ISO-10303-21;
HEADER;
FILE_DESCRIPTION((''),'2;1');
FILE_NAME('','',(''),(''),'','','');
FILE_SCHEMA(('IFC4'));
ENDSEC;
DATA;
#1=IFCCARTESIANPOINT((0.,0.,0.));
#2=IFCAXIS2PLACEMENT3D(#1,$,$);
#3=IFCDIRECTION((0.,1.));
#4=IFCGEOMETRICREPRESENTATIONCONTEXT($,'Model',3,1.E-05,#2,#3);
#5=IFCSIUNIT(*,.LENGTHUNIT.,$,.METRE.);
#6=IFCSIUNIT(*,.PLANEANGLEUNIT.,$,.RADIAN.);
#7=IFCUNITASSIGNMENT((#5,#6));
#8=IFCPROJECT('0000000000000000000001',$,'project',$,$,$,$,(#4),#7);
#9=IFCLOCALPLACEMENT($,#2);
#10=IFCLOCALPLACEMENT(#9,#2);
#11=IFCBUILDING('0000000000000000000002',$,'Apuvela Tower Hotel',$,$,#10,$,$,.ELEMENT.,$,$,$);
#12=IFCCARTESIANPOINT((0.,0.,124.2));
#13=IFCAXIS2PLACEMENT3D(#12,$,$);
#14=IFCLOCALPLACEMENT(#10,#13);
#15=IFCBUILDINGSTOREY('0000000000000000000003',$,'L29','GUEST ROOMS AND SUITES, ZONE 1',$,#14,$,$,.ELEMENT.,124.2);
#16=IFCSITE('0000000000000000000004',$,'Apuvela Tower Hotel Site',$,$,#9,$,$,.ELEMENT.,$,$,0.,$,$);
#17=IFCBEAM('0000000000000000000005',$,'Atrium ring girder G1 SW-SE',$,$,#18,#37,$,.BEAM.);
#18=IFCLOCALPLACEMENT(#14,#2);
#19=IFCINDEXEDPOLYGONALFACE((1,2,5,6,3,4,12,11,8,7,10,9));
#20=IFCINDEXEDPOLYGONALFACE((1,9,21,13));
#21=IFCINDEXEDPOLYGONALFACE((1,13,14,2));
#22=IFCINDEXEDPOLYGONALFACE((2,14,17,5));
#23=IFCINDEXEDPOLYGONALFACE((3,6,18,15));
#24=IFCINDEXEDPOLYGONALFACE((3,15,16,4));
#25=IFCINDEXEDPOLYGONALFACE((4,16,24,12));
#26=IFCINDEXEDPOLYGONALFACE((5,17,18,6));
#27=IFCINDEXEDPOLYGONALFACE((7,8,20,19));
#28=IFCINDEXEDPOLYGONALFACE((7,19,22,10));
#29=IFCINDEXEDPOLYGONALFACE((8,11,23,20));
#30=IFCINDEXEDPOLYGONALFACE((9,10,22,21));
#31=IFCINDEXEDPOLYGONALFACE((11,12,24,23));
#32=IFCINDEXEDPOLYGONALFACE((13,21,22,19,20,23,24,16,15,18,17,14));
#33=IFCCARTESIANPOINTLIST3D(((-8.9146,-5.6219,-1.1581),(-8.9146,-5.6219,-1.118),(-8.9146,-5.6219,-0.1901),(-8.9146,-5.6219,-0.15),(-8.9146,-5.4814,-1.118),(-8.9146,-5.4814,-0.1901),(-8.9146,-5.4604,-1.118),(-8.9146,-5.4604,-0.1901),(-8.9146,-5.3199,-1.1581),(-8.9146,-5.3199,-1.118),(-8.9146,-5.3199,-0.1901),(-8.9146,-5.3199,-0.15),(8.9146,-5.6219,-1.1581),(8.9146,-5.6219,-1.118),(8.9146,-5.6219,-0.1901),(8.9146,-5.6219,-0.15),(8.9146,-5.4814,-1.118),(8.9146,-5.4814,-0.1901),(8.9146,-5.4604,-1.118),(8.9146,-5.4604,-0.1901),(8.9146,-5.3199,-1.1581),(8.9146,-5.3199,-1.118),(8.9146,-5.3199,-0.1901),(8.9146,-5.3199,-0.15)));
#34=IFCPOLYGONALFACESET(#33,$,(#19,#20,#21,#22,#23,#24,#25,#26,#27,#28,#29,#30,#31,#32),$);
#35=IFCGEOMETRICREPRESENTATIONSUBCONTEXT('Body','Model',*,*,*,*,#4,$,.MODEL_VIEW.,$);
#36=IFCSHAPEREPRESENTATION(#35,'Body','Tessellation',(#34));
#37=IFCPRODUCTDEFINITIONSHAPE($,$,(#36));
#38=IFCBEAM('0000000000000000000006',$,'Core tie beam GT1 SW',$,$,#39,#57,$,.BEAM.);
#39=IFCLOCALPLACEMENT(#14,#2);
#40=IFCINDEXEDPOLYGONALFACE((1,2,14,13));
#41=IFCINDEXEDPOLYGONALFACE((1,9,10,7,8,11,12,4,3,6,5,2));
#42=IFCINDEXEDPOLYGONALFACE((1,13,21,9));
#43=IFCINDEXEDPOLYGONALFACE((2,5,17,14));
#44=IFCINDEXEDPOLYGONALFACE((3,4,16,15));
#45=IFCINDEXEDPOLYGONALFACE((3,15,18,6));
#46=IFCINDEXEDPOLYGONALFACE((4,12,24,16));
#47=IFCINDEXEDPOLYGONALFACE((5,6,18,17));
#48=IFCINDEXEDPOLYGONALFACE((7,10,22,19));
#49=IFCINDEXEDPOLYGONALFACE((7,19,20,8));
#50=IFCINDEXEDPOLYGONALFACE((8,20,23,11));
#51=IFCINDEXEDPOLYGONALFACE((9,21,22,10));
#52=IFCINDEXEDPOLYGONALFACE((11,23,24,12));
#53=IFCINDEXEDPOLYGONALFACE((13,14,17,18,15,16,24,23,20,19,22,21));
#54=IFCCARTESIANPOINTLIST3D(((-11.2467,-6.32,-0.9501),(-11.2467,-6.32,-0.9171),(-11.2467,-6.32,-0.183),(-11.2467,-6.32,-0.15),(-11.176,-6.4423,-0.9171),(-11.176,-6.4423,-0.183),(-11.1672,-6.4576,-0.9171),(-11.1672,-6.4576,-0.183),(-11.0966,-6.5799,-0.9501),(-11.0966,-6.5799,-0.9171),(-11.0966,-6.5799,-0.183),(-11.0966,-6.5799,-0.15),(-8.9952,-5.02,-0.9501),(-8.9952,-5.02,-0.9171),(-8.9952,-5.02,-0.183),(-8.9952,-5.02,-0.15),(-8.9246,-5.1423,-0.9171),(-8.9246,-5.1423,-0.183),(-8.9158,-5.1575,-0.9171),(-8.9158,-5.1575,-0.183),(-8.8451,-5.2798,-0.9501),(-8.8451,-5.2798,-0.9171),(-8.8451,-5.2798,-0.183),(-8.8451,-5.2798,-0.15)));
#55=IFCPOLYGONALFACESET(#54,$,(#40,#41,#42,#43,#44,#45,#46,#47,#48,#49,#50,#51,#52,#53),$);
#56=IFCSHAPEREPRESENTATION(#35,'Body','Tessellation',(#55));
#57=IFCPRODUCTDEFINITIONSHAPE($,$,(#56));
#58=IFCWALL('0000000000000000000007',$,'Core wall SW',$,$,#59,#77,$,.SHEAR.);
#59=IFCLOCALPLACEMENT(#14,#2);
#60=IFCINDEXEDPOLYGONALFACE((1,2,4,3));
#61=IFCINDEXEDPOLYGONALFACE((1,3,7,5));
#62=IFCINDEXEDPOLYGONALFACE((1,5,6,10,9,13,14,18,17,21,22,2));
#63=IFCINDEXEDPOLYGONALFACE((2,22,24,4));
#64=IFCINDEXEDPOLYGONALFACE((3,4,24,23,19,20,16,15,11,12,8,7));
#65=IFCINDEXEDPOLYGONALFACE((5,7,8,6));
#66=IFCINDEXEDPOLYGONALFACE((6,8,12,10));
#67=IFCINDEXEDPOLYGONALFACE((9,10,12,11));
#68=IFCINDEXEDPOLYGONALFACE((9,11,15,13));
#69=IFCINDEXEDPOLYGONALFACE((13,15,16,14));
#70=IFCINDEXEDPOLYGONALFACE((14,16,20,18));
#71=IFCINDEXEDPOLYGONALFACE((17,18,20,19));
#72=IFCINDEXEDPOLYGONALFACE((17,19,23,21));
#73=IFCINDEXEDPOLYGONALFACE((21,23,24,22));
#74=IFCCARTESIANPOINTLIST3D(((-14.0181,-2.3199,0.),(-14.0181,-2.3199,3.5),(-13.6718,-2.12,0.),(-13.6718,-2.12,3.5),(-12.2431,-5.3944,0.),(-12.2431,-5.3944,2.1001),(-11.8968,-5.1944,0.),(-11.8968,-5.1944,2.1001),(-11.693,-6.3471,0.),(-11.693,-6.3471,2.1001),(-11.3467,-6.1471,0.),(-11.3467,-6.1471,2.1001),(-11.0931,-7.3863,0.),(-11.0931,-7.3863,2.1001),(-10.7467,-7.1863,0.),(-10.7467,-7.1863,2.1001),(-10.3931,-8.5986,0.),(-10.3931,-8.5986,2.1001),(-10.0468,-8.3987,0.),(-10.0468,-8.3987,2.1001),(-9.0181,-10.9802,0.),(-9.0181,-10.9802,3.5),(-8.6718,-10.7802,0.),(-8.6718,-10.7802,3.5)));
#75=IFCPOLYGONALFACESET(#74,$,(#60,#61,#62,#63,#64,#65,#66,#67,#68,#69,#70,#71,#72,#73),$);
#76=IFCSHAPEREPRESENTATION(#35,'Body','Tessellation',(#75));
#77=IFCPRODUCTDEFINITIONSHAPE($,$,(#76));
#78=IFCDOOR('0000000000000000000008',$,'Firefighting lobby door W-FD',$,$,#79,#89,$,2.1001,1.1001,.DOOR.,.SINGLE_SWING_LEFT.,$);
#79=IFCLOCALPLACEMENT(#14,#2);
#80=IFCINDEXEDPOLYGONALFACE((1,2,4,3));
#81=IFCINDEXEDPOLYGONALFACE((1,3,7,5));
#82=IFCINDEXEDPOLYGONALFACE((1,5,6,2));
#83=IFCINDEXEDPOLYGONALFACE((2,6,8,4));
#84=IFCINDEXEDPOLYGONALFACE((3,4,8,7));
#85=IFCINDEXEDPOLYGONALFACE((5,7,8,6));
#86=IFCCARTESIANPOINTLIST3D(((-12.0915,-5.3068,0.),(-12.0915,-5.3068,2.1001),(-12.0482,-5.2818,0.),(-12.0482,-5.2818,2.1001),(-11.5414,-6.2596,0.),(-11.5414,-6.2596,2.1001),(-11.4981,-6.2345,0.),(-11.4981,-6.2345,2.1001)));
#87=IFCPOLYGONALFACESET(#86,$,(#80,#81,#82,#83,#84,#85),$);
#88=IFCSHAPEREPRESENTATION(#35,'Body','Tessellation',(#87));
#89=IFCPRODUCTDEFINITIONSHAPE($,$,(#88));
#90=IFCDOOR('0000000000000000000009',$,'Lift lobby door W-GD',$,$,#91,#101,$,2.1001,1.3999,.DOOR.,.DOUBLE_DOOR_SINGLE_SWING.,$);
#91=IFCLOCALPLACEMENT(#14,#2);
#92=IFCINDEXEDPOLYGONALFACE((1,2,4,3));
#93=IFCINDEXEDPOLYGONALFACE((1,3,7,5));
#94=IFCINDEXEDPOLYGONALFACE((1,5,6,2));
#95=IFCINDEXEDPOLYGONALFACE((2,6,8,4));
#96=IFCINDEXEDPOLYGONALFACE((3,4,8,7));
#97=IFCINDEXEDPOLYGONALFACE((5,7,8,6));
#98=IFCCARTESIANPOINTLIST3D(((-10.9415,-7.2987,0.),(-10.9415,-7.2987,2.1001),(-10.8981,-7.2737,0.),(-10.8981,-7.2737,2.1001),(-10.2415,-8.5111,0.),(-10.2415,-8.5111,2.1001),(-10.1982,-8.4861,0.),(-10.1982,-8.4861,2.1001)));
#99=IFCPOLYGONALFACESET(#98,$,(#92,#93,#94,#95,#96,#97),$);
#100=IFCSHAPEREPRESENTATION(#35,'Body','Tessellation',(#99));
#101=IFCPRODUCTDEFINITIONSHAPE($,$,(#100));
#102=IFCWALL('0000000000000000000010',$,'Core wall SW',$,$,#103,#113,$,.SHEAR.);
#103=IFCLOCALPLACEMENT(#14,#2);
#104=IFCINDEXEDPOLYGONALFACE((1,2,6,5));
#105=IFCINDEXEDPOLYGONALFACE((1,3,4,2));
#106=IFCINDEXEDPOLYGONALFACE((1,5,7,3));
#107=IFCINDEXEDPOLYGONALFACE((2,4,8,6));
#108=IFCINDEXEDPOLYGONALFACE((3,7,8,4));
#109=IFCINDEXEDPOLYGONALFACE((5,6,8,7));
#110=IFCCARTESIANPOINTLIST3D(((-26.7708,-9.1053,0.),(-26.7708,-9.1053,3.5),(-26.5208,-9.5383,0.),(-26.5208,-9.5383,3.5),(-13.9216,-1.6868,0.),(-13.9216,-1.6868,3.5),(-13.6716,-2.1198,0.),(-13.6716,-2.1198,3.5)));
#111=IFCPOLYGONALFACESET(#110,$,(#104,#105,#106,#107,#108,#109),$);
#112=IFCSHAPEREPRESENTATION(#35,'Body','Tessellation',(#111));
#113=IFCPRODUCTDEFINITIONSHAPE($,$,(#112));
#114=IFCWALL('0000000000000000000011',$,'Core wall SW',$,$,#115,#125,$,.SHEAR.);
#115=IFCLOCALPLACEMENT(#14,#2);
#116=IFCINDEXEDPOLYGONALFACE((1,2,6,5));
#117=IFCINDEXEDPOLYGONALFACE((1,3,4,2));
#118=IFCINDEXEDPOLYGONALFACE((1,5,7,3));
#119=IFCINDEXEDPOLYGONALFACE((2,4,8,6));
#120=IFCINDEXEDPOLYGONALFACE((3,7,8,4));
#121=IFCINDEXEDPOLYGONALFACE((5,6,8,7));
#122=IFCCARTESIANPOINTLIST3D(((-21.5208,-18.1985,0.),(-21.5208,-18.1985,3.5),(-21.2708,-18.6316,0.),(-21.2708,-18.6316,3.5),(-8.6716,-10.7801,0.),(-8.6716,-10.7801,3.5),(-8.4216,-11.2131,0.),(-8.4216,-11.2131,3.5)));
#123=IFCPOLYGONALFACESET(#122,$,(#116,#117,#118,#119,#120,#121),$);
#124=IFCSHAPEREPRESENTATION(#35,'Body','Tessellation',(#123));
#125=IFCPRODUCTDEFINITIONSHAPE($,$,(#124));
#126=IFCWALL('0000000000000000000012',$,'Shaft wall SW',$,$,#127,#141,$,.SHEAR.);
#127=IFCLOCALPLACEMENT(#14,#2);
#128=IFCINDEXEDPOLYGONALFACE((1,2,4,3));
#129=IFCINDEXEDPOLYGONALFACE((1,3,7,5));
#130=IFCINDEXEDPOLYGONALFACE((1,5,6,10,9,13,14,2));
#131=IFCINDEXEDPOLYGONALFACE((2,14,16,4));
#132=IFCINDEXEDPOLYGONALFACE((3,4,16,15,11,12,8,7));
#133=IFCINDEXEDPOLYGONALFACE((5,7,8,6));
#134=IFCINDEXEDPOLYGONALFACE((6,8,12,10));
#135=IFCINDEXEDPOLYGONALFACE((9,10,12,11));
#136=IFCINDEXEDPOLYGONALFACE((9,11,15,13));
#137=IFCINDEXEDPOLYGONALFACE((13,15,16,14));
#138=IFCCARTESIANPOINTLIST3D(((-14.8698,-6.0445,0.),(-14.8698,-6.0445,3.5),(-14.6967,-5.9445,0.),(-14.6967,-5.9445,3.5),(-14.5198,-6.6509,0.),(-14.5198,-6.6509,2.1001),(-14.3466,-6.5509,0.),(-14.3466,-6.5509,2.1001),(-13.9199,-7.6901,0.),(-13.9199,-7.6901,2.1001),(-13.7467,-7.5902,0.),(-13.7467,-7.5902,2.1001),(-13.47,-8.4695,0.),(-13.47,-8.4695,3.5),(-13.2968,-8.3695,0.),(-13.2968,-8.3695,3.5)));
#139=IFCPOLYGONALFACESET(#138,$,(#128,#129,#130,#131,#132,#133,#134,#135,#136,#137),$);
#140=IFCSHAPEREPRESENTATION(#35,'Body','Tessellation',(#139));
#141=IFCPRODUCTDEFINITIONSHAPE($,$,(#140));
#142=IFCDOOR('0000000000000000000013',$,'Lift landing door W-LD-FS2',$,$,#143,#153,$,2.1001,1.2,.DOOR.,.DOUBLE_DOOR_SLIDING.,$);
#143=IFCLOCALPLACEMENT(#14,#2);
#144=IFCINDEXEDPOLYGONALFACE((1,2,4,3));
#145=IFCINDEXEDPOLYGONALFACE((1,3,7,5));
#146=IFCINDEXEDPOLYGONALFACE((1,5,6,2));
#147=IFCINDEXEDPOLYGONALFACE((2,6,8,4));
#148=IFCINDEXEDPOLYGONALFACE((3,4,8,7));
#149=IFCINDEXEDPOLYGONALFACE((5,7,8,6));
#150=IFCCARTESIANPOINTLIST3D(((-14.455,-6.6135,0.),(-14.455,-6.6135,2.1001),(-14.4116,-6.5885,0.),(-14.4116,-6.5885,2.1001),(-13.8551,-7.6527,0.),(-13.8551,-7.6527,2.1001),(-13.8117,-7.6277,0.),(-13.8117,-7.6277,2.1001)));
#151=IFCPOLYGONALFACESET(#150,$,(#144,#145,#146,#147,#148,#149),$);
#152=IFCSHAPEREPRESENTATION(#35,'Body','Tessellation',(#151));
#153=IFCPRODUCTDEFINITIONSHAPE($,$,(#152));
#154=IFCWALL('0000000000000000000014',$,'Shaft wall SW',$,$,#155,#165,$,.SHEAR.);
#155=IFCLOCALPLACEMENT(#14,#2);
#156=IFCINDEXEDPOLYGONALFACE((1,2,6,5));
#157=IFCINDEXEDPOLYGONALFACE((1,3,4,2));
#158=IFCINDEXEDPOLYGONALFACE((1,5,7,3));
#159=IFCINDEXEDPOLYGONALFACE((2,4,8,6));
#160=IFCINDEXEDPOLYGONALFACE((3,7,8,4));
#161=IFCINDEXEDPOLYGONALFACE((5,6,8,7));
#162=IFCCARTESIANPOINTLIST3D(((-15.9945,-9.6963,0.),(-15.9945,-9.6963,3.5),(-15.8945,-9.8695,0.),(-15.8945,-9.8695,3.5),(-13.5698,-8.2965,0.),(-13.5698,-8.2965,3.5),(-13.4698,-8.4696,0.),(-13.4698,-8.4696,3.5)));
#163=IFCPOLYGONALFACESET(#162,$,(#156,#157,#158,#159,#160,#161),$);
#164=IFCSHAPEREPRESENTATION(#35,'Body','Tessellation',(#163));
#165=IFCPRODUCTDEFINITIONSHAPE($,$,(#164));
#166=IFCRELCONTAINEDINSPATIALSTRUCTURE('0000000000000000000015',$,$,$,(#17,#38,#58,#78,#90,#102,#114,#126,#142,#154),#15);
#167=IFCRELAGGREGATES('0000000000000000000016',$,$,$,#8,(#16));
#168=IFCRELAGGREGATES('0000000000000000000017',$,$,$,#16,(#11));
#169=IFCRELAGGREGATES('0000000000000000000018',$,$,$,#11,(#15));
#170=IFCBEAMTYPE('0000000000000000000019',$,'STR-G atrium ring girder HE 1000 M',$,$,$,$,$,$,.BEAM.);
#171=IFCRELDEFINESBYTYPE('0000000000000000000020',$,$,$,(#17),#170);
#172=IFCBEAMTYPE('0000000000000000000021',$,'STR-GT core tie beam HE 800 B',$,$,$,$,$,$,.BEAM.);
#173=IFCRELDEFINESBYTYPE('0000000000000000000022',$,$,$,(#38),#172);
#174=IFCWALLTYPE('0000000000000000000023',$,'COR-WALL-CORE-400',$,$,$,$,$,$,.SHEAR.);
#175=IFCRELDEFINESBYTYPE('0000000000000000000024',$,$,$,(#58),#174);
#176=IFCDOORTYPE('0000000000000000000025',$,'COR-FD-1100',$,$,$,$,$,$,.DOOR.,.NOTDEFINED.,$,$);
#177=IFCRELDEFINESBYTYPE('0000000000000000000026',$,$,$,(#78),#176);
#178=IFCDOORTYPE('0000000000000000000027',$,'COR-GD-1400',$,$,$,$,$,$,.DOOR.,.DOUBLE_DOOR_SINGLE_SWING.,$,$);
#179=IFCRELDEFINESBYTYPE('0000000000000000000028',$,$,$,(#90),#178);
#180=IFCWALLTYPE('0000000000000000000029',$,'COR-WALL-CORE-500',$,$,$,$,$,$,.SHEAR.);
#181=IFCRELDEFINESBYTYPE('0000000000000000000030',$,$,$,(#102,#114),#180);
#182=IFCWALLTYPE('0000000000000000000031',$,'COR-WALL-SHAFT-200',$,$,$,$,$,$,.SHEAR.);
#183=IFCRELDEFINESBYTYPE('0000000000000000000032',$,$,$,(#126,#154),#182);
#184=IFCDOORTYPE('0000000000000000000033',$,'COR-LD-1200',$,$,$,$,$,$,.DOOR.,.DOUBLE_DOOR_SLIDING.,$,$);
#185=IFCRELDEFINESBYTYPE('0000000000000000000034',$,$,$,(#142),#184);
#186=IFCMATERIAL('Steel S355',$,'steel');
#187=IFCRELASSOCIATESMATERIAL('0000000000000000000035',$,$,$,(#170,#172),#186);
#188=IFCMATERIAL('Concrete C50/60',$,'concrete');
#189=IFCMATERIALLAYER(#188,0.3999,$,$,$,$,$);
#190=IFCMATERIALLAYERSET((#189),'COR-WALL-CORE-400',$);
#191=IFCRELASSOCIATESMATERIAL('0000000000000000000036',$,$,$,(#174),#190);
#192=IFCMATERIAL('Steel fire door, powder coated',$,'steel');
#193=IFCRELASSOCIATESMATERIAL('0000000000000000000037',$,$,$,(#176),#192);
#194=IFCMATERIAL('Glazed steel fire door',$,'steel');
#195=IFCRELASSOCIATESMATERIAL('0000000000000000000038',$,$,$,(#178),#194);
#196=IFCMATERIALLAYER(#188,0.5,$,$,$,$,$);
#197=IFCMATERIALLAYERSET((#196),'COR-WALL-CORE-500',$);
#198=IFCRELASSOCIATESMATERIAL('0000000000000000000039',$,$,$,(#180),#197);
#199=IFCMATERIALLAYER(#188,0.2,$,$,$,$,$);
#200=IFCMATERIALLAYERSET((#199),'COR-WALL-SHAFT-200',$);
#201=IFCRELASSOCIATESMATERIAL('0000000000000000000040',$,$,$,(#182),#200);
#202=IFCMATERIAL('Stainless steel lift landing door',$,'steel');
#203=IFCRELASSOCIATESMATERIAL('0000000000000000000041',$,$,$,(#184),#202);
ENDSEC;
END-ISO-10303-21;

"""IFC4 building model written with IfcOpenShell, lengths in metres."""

from ifc_helpers import new_model, si_unit, direction, frame, frame_2d, origin, origin_2d, place, context, subcontext, project, spatial, rectangle, i_section, extrude, material, layer, layer_set, material_profile, profile_set, type_object, element, fill, save


model = new_model("IFC4")

# Units and contexts
model_context = context("Model", 3, precision=1e-05, world=origin(), true_north=direction((0.0, 1.0)))
body_context = subcontext(model_context, "Body", "Model", "MODEL_VIEW")
ifc_project = project(units=[si_unit("LENGTHUNIT", "METRE"), si_unit("PLANEANGLEUNIT", "RADIAN")], contexts=[model_context])

# Site, building, storey
site_placement = place(None, origin())
site = spatial("IfcSite", under=ifc_project, at=site_placement, Name="Apuvela Tower Hotel Site", CompositionType="ELEMENT", RefElevation=0.0)
building_placement = place(site_placement, origin())
building = spatial("IfcBuilding", under=site, at=building_placement, Name="Apuvela Tower Hotel", CompositionType="ELEMENT")
storey_placement = place(building_placement, frame((0.0, 0.0, 124.2)))
storey = spatial("IfcBuildingStorey", under=building, at=storey_placement, Name="L29", Description="GUEST ROOMS AND SUITES, ZONE 1", CompositionType="ELEMENT", Elevation=124.2)

# Beams
ifc_material_1 = material(Name="Steel S355", Category="steel")
ifc_material_profile_1 = material_profile(ifc_material_1, i_section(OverallWidth=0.302, OverallDepth=1.0081, WebThickness=0.021, FlangeThickness=0.04, at=origin_2d()), Name="HE 1000 M")
ifc_profile_set_1 = profile_set([ifc_material_profile_1], Name="Steel S355")
beam_type_1 = type_object("IfcBeamType", Name="STR-G atrium ring girder HE 1000 M", PredefinedType="BEAM", material=ifc_profile_set_1)
beam_1_placement = place(storey_placement, frame((-8.9146, -5.4709, -0.6541), z_axis=(1.0, 0.0, 0.0), x_axis=(0.0, 1.0, 0.0)))
element("IfcBeam", 1, at=beam_1_placement, inside=storey, type_object=beam_type_1, Name="Atrium ring girder G1 SW-SE", PredefinedType="BEAM", context=body_context, shape_type="SweptSolid", body=[
    extrude(i_section(OverallWidth=0.302, OverallDepth=1.0081, WebThickness=0.021, FlangeThickness=0.04, at=origin_2d()), origin(), (0.0, 0.0, 1.0), 17.8291),
])
ifc_material_profile_2 = material_profile(ifc_material_1, i_section(OverallWidth=0.3, OverallDepth=0.8, WebThickness=0.0176, FlangeThickness=0.033, at=origin_2d()), Name="HE 800 B")
ifc_profile_set_2 = profile_set([ifc_material_profile_2], Name="Steel S355")
beam_type_2 = type_object("IfcBeamType", Name="STR-GT core tie beam HE 800 B", PredefinedType="BEAM", material=ifc_profile_set_2)
beam_2_placement = place(storey_placement, frame((-11.1716, -6.45, -0.55), z_axis=(0.865998, 0.500048, 0.0), x_axis=(-0.500048, 0.865998, 0.0)))
element("IfcBeam", 2, at=beam_2_placement, inside=storey, type_object=beam_type_2, Name="Core tie beam GT1 SW", PredefinedType="BEAM", context=body_context, shape_type="SweptSolid", body=[
    extrude(i_section(OverallWidth=0.3, OverallDepth=0.8, WebThickness=0.0176, FlangeThickness=0.033, at=origin_2d()), origin(), (0.0, 0.0, 1.0), 2.5999),
])

# Wall, openings, doors
ifc_material_2 = material(Name="Concrete C50/60", Category="concrete")
ifc_layer_1 = layer(ifc_material_2, 0.3999)
ifc_layer_set_1 = layer_set([ifc_layer_1], Name="COR-WALL-CORE-400")
wall_type_1 = type_object("IfcWallType", Name="COR-WALL-CORE-400", PredefinedType="SHEAR", material=ifc_layer_set_1)
wall_1_placement = place(storey_placement, frame((-13.845, -2.22, 0.0), z_axis=(0.0, 0.0, 1.0), x_axis=(0.500004, -0.866023, 0.0)))
wall_1 = element("IfcWall", 3, at=wall_1_placement, inside=storey, type_object=wall_type_1, Name="Core wall SW", PredefinedType="SHEAR", context=body_context, shape_type="SweptSolid", body=[
    extrude(rectangle(XDim=10.0, YDim=0.3999, at=frame_2d((5.0, 0.0))), origin(), (0.0, 0.0, 1.0), 3.5),
])
opening_1_placement = place(wall_1_placement, frame((3.55, 0.0, 0.0)))
opening_1 = element("IfcOpeningElement", 4, at=opening_1_placement, cuts=wall_1, PredefinedType="OPENING", context=body_context, shape_type="SweptSolid", body=[
    extrude(rectangle(XDim=1.1001, YDim=2.1001, at=frame_2d((0.55, 1.05))), frame((0.0, 0.21, 0.0), z_axis=(0.0, -1.0, 0.0), x_axis=(1.0, 0.0, 0.0)), (0.0, 0.0, 1.0), 0.4199),
])
opening_2_placement = place(wall_1_placement, frame((5.8501, 0.0, 0.0)))
opening_2 = element("IfcOpeningElement", 5, at=opening_2_placement, cuts=wall_1, PredefinedType="OPENING", context=body_context, shape_type="SweptSolid", body=[
    extrude(rectangle(XDim=1.3999, YDim=2.1001, at=frame_2d((0.7, 1.05))), frame((0.0, 0.21, 0.0), z_axis=(0.0, -1.0, 0.0), x_axis=(1.0, 0.0, 0.0)), (0.0, 0.0, 1.0), 0.4199),
])
ifc_material_3 = material(Name="Steel fire door, powder coated", Category="steel")
door_type_1 = type_object("IfcDoorType", Name="COR-FD-1100", OperationType="NOTDEFINED", PredefinedType="DOOR", material=ifc_material_3)
door_1_placement = place(opening_1_placement, frame((1.1001, 0.0, 0.0), z_axis=(0.0, 0.0, 1.0), x_axis=(-1.0, 0.0, 0.0)))
door_1 = element("IfcDoor", 6, at=door_1_placement, inside=storey, type_object=door_type_1, Name="Firefighting lobby door W-FD", OperationType="SINGLE_SWING_LEFT", OverallHeight=2.1001, OverallWidth=1.1001, PredefinedType="DOOR", context=body_context, shape_type="SweptSolid", body=[
    extrude(rectangle(XDim=1.1001, YDim=2.1001, at=frame_2d((0.55, 1.05))), frame((0.0, 0.0249, 0.0), z_axis=(0.0, -1.0, 0.0), x_axis=(1.0, 0.0, 0.0)), (0.0, 0.0, 1.0), 0.05),
])
fill(opening_1, door_1)
ifc_material_4 = material(Name="Glazed steel fire door", Category="steel")
door_type_2 = type_object("IfcDoorType", Name="COR-GD-1400", OperationType="DOUBLE_DOOR_SINGLE_SWING", PredefinedType="DOOR", material=ifc_material_4)
door_2_placement = place(opening_2_placement, frame((1.3999, 0.0, 0.0), z_axis=(0.0, 0.0, 1.0), x_axis=(-1.0, 0.0, 0.0)))
door_2 = element("IfcDoor", 7, at=door_2_placement, inside=storey, type_object=door_type_2, Name="Lift lobby door W-GD", OperationType="DOUBLE_DOOR_SINGLE_SWING", OverallHeight=2.1001, OverallWidth=1.3999, PredefinedType="DOOR", context=body_context, shape_type="SweptSolid", body=[
    extrude(rectangle(XDim=1.3999, YDim=2.1001, at=frame_2d((0.7, 1.05))), frame((0.0, 0.0249, 0.0), z_axis=(0.0, -1.0, 0.0), x_axis=(1.0, 0.0, 0.0)), (0.0, 0.0, 1.0), 0.05),
])
fill(opening_2, door_2)

# Walls
ifc_layer_2 = layer(ifc_material_2, 0.5)
ifc_layer_set_2 = layer_set([ifc_layer_2], Name="COR-WALL-CORE-500")
wall_type_2 = type_object("IfcWallType", Name="COR-WALL-CORE-500", PredefinedType="SHEAR", material=ifc_layer_set_2)
for number, where, z_axis, x_axis, name in (
    (8, (-13.7966, -1.9033, 0.0), (0.0, 0.0, 1.0), (-0.866025, -0.500001, 0.0), "Core wall SW"),
    (9, (-8.5466, -10.9966, 0.0), (0.0, 0.0, 1.0), (-0.866025, -0.500001, 0.0), "Core wall SW"),
):
    element("IfcWall", number, at=place(storey_placement, frame(where, z_axis=z_axis, x_axis=x_axis)), inside=storey, type_object=wall_type_2, Name=name, PredefinedType="SHEAR", context=body_context, shape_type="SweptSolid", body=[
        extrude(rectangle(XDim=14.8369, YDim=0.5, at=frame_2d((7.4185, 0.0))), origin(), (0.0, 0.0, 1.0), 3.5),
    ])

# Wall, opening, door
ifc_layer_3 = layer(ifc_material_2, 0.2)
ifc_layer_set_3 = layer_set([ifc_layer_3], Name="COR-WALL-SHAFT-200")
wall_type_3 = type_object("IfcWallType", Name="COR-WALL-SHAFT-200", PredefinedType="SHEAR", material=ifc_layer_set_3)
wall_2_placement = place(storey_placement, frame((-14.7832, -5.9946, 0.0), z_axis=(0.0, 0.0, 1.0), x_axis=(0.499946, -0.866056, 0.0)))
wall_2 = element("IfcWall", 10, at=wall_2_placement, inside=storey, type_object=wall_type_3, Name="Shaft wall SW", PredefinedType="SHEAR", context=body_context, shape_type="SweptSolid", body=[
    extrude(rectangle(XDim=2.8, YDim=0.2, at=frame_2d((1.3999, 0.0))), origin(), (0.0, 0.0, 1.0), 3.5),
])
opening_3_placement = place(wall_2_placement, frame((0.7, 0.0, 0.0)))
opening_3 = element("IfcOpeningElement", 11, at=opening_3_placement, cuts=wall_2, PredefinedType="OPENING", context=body_context, shape_type="SweptSolid", body=[
    extrude(rectangle(XDim=1.2, YDim=2.1001, at=frame_2d((0.6001, 1.05))), frame((0.0, 0.1099, 0.0), z_axis=(0.0, -1.0, 0.0), x_axis=(1.0, 0.0, 0.0)), (0.0, 0.0, 1.0), 0.22),
])
ifc_material_5 = material(Name="Stainless steel lift landing door", Category="steel")
door_type_3 = type_object("IfcDoorType", Name="COR-LD-1200", OperationType="DOUBLE_DOOR_SLIDING", PredefinedType="DOOR", material=ifc_material_5)
door_3_placement = place(opening_3_placement, origin())
door_3 = element("IfcDoor", 12, at=door_3_placement, inside=storey, type_object=door_type_3, Name="Lift landing door W-LD-FS2", OperationType="DOUBLE_DOOR_SLIDING", OverallHeight=2.1001, OverallWidth=1.2, PredefinedType="DOOR", context=body_context, shape_type="SweptSolid", body=[
    extrude(rectangle(XDim=1.2, YDim=2.1001, at=frame_2d((0.6001, 1.05))), frame((0.0, 0.0249, 0.0), z_axis=(0.0, -1.0, 0.0), x_axis=(1.0, 0.0, 0.0)), (0.0, 0.0, 1.0), 0.05),
])
fill(opening_3, door_3)

# Wall
wall_3_placement = place(storey_placement, frame((-13.5198, -8.3831, 0.0), z_axis=(0.0, 0.0, 1.0), x_axis=(-0.866035, -0.499984, 0.0)))
element("IfcWall", 13, at=wall_3_placement, inside=storey, type_object=wall_type_3, Name="Shaft wall SW", PredefinedType="SHEAR", context=body_context, shape_type="SweptSolid", body=[
    extrude(rectangle(XDim=2.7998, YDim=0.2, at=frame_2d((1.3999, 0.0))), origin(), (0.0, 0.0, 1.0), 3.5),
])

save(model, "model.ifc")
